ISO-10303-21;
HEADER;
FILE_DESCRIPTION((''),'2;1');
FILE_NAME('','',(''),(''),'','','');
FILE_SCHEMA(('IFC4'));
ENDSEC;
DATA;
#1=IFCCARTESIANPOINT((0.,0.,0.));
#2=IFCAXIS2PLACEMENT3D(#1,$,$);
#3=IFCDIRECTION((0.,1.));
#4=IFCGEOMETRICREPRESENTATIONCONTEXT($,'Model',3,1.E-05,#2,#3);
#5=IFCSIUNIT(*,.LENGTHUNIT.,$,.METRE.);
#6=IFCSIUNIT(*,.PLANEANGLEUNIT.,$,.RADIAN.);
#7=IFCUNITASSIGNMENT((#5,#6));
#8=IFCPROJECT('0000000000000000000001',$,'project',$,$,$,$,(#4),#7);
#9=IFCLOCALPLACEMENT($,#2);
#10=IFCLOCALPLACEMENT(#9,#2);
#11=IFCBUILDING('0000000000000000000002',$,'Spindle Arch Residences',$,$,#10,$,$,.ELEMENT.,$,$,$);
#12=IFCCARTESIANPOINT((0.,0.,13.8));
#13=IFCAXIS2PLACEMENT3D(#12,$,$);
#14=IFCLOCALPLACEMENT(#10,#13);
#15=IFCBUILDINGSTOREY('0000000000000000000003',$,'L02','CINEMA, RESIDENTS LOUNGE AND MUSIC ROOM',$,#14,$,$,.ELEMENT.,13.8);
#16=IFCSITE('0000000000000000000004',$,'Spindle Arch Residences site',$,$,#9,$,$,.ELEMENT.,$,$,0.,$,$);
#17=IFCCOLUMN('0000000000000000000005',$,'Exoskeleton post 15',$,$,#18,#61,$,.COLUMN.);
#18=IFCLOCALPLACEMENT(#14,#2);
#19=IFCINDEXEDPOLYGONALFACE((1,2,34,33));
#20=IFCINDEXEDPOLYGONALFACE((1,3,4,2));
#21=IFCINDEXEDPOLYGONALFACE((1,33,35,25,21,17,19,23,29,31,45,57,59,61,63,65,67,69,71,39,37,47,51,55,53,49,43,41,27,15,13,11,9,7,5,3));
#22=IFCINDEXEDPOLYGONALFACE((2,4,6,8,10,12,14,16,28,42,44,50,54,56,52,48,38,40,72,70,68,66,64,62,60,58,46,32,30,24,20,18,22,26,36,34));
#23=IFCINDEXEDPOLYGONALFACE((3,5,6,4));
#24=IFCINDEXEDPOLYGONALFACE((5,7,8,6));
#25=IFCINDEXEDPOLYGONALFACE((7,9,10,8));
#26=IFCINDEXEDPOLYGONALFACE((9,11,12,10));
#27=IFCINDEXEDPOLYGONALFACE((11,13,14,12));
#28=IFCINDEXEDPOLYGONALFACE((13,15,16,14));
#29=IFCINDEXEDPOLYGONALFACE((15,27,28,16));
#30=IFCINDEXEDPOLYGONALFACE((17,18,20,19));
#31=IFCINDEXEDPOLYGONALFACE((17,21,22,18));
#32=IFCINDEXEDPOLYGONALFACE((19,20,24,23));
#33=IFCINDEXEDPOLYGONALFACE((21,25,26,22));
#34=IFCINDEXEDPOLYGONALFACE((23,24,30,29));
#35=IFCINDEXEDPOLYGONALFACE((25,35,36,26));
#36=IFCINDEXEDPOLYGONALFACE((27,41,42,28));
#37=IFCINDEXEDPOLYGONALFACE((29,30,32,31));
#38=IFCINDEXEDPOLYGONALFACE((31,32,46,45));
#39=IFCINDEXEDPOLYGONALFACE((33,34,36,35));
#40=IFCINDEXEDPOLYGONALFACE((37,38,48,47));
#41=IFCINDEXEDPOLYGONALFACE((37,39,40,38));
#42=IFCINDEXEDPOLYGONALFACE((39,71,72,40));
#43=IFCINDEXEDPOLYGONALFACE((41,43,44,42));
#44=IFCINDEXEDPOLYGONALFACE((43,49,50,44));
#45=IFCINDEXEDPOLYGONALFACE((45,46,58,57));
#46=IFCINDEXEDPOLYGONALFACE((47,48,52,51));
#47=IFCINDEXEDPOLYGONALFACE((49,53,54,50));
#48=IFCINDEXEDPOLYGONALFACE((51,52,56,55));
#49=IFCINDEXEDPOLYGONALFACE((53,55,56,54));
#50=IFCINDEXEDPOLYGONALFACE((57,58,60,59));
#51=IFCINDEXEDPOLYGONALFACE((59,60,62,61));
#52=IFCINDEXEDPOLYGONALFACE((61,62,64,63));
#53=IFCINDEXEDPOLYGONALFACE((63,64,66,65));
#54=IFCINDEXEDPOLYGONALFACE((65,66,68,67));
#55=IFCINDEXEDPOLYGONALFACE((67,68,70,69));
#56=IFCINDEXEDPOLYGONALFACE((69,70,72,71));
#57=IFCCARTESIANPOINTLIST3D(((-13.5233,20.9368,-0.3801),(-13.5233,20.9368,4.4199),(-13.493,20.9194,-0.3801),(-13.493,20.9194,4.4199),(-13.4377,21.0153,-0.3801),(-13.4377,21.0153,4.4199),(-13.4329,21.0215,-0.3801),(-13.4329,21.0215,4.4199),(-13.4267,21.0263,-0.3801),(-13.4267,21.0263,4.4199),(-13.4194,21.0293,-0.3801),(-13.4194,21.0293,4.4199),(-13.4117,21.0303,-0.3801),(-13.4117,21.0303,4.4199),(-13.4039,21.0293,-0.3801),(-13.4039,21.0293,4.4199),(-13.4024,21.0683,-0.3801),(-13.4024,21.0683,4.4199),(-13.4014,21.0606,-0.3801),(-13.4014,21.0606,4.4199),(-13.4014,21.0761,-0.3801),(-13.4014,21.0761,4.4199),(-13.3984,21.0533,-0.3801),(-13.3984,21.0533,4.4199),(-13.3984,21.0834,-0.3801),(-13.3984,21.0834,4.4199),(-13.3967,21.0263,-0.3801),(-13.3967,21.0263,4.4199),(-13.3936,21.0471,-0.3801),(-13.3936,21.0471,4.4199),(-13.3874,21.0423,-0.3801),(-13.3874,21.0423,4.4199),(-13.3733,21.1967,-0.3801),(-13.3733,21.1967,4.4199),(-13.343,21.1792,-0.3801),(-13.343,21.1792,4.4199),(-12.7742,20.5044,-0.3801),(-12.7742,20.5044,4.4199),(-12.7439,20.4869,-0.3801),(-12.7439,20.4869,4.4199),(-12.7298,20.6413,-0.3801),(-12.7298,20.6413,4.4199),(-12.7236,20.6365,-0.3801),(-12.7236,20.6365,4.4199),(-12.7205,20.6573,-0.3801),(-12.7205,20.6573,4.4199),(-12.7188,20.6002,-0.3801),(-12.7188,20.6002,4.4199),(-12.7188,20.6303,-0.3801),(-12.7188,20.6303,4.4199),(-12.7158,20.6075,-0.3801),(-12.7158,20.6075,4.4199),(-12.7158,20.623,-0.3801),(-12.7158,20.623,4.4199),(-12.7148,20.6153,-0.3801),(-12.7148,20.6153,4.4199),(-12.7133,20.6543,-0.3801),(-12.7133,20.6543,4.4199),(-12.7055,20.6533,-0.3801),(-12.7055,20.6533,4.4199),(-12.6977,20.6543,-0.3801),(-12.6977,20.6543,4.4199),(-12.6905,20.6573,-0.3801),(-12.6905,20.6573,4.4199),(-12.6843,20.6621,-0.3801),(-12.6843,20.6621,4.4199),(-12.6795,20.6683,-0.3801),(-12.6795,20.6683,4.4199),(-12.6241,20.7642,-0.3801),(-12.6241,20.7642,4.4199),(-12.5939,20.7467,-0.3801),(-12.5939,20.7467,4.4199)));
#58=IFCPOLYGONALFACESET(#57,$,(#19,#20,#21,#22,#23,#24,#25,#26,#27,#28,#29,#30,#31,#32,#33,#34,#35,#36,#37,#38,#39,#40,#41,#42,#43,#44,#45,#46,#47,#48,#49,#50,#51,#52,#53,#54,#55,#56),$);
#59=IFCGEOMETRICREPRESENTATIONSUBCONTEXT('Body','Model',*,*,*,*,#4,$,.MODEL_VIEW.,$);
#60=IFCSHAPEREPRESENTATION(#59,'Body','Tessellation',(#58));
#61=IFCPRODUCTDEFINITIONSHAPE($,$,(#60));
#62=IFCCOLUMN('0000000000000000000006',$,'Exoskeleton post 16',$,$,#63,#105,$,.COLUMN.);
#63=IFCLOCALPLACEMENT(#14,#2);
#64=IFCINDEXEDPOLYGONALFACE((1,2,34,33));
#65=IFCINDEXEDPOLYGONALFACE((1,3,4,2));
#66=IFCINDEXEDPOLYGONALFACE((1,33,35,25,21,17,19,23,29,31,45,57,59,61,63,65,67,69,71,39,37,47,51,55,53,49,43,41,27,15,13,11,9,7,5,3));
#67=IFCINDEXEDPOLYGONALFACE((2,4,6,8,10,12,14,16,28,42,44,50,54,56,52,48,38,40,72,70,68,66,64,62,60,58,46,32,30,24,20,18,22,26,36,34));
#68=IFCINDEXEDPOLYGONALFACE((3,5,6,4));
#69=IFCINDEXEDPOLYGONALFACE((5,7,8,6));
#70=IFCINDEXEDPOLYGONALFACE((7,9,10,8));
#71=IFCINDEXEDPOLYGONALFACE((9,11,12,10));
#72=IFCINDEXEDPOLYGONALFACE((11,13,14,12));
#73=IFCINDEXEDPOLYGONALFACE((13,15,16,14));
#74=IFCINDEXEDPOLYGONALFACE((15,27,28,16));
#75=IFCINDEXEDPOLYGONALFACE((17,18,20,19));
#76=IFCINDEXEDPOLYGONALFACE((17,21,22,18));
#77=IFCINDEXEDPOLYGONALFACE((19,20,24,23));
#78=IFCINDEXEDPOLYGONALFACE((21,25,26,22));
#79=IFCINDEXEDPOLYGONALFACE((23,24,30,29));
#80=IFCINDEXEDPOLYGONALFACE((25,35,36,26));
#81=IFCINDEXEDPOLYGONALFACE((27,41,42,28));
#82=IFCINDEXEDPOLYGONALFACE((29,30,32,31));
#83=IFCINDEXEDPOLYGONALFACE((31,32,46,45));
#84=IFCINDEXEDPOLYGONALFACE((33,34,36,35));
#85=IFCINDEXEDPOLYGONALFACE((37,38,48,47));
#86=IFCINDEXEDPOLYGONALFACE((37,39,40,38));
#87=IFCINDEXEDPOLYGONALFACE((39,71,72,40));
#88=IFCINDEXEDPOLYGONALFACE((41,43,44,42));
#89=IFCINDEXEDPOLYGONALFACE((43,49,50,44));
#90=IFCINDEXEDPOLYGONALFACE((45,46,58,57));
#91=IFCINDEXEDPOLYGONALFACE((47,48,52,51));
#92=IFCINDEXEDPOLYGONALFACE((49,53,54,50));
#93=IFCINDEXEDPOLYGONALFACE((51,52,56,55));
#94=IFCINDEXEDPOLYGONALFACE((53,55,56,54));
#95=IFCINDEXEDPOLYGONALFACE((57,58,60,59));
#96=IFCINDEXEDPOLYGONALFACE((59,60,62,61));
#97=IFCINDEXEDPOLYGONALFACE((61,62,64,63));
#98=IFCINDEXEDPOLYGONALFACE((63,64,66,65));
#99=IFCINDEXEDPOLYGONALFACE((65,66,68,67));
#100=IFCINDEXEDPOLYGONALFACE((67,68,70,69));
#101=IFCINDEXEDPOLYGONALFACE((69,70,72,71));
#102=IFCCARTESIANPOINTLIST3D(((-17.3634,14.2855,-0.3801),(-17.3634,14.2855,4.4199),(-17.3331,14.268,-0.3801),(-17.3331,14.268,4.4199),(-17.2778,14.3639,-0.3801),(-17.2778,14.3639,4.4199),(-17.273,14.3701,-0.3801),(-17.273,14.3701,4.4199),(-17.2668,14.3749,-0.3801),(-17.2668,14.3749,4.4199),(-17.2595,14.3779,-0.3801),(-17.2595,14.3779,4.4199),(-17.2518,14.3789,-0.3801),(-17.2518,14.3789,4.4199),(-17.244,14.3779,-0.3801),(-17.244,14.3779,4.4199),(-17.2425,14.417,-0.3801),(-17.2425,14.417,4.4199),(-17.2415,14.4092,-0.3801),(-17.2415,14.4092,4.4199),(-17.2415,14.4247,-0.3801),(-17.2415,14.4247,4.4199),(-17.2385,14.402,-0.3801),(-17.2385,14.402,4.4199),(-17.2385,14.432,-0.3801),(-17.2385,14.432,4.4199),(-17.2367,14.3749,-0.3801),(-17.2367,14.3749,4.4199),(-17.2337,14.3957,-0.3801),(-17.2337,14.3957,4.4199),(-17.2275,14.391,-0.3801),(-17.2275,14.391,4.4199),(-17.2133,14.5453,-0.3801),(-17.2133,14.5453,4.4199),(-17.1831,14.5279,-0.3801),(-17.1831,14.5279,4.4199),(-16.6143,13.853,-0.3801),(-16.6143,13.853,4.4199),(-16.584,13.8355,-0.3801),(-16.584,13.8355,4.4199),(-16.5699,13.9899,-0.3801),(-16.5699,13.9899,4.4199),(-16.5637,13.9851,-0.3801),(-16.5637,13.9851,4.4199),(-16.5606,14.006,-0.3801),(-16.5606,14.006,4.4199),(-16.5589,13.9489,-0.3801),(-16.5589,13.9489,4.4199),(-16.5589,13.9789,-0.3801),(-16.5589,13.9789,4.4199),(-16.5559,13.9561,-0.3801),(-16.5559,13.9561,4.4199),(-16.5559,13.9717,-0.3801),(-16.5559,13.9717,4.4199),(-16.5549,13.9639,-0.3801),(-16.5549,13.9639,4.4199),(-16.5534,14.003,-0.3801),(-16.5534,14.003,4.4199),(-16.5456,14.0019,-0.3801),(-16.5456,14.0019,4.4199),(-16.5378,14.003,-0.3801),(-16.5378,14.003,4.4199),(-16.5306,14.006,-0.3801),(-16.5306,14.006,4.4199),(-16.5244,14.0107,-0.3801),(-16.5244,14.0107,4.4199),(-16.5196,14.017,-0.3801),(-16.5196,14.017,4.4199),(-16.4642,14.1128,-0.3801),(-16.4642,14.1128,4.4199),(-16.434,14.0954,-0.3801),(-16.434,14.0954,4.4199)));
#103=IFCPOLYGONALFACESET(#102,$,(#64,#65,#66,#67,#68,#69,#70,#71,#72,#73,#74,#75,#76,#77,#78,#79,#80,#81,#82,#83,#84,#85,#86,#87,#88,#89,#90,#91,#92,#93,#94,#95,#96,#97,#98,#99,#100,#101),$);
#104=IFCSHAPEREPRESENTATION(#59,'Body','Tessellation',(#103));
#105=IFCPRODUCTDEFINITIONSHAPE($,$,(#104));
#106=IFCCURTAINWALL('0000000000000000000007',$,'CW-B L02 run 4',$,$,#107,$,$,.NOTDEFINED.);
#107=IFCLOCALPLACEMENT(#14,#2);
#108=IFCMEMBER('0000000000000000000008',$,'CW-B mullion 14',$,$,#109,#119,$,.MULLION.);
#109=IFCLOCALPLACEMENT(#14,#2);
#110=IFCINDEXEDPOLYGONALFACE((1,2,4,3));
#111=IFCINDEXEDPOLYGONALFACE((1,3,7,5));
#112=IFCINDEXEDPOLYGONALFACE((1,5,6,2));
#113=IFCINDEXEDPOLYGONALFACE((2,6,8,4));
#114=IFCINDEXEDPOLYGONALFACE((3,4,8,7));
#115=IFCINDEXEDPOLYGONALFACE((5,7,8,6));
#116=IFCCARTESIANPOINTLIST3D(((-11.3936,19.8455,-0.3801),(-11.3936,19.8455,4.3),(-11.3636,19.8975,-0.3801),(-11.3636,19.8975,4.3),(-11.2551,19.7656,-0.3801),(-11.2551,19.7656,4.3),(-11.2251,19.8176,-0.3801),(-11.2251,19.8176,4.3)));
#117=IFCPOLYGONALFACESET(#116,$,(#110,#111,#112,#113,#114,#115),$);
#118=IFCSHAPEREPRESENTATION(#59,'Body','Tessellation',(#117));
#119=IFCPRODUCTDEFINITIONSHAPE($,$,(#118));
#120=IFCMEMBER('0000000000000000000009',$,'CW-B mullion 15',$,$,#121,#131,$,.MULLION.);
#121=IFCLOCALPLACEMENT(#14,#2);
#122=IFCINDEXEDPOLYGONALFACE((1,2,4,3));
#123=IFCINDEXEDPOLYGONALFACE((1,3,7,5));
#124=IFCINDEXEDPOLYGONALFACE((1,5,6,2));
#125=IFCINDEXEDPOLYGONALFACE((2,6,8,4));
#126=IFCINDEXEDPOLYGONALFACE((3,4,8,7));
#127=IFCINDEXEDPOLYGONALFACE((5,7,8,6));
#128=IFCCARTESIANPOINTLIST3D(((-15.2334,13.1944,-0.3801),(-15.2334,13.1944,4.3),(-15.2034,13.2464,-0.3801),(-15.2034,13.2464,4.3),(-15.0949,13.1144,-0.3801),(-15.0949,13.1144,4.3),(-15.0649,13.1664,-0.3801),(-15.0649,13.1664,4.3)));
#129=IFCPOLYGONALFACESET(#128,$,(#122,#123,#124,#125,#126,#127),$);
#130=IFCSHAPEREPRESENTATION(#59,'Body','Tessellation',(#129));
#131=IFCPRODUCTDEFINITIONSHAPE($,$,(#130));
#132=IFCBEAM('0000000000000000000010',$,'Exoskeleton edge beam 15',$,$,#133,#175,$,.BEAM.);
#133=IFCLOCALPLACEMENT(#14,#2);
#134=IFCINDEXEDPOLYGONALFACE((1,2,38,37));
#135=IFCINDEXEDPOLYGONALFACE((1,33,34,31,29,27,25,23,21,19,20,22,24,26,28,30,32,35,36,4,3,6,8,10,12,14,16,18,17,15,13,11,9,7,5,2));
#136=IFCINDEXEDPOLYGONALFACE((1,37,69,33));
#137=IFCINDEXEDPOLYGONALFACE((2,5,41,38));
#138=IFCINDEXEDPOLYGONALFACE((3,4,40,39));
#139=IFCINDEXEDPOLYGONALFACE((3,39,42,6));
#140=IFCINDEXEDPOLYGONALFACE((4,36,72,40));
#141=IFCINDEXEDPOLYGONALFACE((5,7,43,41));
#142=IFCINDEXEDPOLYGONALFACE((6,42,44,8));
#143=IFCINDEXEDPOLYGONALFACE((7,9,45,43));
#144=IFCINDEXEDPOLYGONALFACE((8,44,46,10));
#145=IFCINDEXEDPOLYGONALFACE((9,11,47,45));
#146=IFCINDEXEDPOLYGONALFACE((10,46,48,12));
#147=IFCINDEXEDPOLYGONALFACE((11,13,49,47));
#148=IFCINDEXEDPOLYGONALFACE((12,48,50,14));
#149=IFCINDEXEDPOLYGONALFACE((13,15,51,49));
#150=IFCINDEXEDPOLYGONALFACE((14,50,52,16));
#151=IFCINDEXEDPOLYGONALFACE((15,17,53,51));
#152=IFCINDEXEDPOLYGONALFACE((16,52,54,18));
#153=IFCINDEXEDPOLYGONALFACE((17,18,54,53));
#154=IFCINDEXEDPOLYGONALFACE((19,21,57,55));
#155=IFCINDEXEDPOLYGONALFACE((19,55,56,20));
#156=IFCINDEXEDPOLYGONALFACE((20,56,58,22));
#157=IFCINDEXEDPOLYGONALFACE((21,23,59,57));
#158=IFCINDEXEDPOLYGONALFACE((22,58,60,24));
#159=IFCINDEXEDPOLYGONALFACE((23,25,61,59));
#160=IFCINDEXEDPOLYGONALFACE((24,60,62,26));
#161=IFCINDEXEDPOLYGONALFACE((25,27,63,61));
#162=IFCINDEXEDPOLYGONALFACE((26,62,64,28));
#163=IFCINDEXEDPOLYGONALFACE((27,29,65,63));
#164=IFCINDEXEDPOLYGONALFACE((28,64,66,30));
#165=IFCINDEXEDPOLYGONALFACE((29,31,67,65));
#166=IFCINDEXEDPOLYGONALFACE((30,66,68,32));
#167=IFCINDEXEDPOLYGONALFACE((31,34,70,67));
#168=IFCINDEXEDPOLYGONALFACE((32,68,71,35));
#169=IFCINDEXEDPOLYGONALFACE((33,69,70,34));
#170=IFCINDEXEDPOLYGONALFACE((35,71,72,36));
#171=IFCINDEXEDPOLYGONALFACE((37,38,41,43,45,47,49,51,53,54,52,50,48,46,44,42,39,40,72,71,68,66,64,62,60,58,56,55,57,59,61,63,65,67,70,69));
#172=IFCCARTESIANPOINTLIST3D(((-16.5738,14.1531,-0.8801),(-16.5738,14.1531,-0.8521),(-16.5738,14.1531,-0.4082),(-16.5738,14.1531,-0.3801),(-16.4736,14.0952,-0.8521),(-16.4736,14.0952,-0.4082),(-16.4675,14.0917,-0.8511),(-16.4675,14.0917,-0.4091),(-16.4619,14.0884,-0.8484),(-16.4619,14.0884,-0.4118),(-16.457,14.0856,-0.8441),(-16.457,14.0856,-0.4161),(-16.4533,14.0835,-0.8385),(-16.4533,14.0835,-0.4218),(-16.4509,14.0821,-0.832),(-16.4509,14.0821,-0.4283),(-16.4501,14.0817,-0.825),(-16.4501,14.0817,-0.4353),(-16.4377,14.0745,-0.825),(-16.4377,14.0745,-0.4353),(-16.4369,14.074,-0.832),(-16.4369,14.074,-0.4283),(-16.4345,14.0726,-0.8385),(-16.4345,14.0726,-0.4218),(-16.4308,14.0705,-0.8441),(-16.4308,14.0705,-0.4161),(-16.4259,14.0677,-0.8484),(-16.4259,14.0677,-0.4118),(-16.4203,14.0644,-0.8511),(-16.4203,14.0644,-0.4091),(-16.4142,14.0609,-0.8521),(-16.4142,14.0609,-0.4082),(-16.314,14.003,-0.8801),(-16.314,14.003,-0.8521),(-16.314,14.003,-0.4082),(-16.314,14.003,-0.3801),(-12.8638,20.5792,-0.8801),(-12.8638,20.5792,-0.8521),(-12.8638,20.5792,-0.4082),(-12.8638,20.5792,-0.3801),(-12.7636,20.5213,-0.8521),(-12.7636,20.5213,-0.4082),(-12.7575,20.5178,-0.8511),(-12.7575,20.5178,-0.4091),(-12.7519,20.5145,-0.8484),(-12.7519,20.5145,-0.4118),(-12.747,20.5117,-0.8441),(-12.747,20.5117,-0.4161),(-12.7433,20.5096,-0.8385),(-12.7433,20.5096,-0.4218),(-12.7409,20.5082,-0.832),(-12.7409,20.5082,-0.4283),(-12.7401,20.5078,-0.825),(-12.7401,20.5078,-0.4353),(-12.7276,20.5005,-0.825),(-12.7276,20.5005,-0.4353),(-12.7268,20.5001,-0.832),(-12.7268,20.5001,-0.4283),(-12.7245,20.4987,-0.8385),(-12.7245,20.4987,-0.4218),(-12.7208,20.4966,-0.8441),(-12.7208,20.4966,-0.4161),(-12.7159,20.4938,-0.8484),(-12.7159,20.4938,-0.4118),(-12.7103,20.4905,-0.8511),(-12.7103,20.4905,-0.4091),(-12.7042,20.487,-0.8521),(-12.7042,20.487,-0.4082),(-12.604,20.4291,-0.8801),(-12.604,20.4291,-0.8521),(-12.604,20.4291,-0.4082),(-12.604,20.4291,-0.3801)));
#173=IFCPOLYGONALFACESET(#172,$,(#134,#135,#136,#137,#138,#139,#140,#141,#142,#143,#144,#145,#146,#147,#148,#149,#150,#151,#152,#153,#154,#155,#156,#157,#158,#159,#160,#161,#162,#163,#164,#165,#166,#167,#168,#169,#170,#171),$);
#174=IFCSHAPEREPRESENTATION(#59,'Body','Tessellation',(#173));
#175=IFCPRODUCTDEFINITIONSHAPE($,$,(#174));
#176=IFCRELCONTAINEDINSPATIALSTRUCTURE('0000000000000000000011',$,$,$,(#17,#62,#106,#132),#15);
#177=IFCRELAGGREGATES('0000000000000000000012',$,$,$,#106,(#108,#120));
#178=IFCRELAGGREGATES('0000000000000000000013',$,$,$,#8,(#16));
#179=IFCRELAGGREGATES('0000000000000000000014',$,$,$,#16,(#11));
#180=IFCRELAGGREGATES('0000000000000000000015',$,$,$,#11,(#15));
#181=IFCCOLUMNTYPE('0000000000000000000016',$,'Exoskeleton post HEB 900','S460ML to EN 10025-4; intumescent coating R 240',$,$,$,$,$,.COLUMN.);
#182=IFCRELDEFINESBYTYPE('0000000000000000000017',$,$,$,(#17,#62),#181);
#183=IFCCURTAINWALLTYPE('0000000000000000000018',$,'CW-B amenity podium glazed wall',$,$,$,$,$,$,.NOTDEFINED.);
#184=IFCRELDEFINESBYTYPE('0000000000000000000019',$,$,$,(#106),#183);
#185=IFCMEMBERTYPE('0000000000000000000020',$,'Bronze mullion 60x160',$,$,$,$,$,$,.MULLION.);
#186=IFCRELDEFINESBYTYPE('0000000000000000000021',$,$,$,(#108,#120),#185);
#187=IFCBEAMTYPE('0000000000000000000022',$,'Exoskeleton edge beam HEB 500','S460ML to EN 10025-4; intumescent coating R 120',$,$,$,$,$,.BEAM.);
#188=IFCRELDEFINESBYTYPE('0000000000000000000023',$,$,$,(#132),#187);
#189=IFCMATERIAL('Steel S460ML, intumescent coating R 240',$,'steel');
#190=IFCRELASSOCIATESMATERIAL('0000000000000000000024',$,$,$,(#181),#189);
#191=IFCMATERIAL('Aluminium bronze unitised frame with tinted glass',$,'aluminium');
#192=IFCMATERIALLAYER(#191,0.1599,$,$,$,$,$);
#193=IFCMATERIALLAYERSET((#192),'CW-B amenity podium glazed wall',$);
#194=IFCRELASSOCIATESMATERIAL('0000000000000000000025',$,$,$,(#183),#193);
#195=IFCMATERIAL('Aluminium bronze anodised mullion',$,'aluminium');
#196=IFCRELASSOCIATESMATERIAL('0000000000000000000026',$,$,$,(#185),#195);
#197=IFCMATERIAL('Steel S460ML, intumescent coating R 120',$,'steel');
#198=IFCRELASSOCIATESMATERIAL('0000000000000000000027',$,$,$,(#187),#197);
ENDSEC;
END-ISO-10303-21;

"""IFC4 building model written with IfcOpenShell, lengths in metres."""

from ifc_helpers import new_model, si_unit, direction, frame, origin, origin_2d, place, context, subcontext, project, spatial, rectangle, i_section, extrude, material, layer, layer_set, material_profile, profile_set, type_object, element, aggregate, save


model = new_model("IFC4")

# Units and contexts
model_context = context("Model", 3, precision=1e-05, world=origin(), true_north=direction((0.0, 1.0)))
body_context = subcontext(model_context, "Body", "Model", "MODEL_VIEW")
ifc_project = project(units=[si_unit("LENGTHUNIT", "METRE"), si_unit("PLANEANGLEUNIT", "RADIAN")], contexts=[model_context])

# Site, building, storey
site_placement = place(None, origin())
site = spatial("IfcSite", under=ifc_project, at=site_placement, Name="Spindle Arch Residences site", CompositionType="ELEMENT", RefElevation=0.0)
building_placement = place(site_placement, origin())
building = spatial("IfcBuilding", under=site, at=building_placement, Name="Spindle Arch Residences", CompositionType="ELEMENT")
storey_placement = place(building_placement, frame((0.0, 0.0, 13.8)))
storey = spatial("IfcBuildingStorey", under=building, at=storey_placement, Name="L02", Description="CINEMA, RESIDENTS LOUNGE AND MUSIC ROOM", CompositionType="ELEMENT", Elevation=13.8)

# Columns
ifc_material_1 = material(Name="Steel S460ML, intumescent coating R 240", Category="steel")
ifc_material_profile_1 = material_profile(ifc_material_1, i_section(OverallWidth=0.3, OverallDepth=0.8999, WebThickness=0.0186, FlangeThickness=0.0349, FilletRadius=0.03, at=origin_2d()), Name="HEB 900")
ifc_profile_set_1 = profile_set([ifc_material_profile_1], Name="Steel S460ML, intumescent coating R 240")
column_type = type_object("IfcColumnType", Name="Exoskeleton post HEB 900", Description="S460ML to EN 10025-4; intumescent coating R 240", PredefinedType="COLUMN", material=ifc_profile_set_1)
for number, where, z_axis, x_axis, name in (
    (1, (-13.0586, 20.8418, -0.3801), (0.0, 0.0, 1.0), (0.5, 0.866025, 0.0), "Exoskeleton post 15"),
    (2, (-16.8987, 14.1904, -0.3801), (0.0, 0.0, 1.0), (0.5, 0.866025, 0.0), "Exoskeleton post 16"),
):
    element("IfcColumn", number, at=place(storey_placement, frame(where, z_axis=z_axis, x_axis=x_axis)), inside=storey, type_object=column_type, Name=name, PredefinedType="COLUMN", context=body_context, shape_type="SweptSolid", body=[
        extrude(i_section(OverallWidth=0.3, OverallDepth=0.8999, WebThickness=0.0186, FlangeThickness=0.0349, FilletRadius=0.03, at=origin_2d()), origin(), (0.0, 0.0, 1.0), 4.8),
    ])

# Curtain wall, members
ifc_material_2 = material(Name="Aluminium bronze unitised frame with tinted glass", Category="aluminium")
ifc_layer_1 = layer(ifc_material_2, 0.1599)
ifc_layer_set_1 = layer_set([ifc_layer_1], Name="CW-B amenity podium glazed wall")
curtain_wall_type = type_object("IfcCurtainWallType", Name="CW-B amenity podium glazed wall", PredefinedType="NOTDEFINED", material=ifc_layer_set_1)
curtain_wall_placement = place(storey_placement, origin())
curtain_wall = element("IfcCurtainWall", 3, at=curtain_wall_placement, inside=storey, type_object=curtain_wall_type, Name="CW-B L02 run 4", PredefinedType="NOTDEFINED")
ifc_material_3 = material(Name="Aluminium bronze anodised mullion", Category="aluminium")
ifc_material_profile_2 = material_profile(ifc_material_3, rectangle(XDim=0.1599, YDim=0.0601, at=origin_2d()), Name="MU 60x160")
ifc_profile_set_2 = profile_set([ifc_material_profile_2], Name="Aluminium bronze anodised mullion")
member_type = type_object("IfcMemberType", Name="Bronze mullion 60x160", PredefinedType="MULLION", material=ifc_profile_set_2)
member_1_placement = place(storey_placement, frame((-11.3093, 19.8315, -0.3801), z_axis=(0.0, 0.0, 1.0), x_axis=(0.866025, -0.5, 0.0)))
member_1 = element("IfcMember", 4, at=member_1_placement, type_object=member_type, Name="CW-B mullion 14", PredefinedType="MULLION", context=body_context, shape_type="SweptSolid", body=[
    extrude(rectangle(XDim=0.1599, YDim=0.0601, at=origin_2d()), origin(), (0.0, 0.0, 1.0), 4.6802),
])
member_2_placement = place(storey_placement, frame((-15.1492, 13.1804, -0.3801), z_axis=(0.0, 0.0, 1.0), x_axis=(0.866025, -0.5, 0.0)))
member_2 = element("IfcMember", 5, at=member_2_placement, type_object=member_type, Name="CW-B mullion 15", PredefinedType="MULLION", context=body_context, shape_type="SweptSolid", body=[
    extrude(rectangle(XDim=0.1599, YDim=0.0601, at=origin_2d()), origin(), (0.0, 0.0, 1.0), 4.6802),
])

# Beam
ifc_material_4 = material(Name="Steel S460ML, intumescent coating R 120", Category="steel")
ifc_material_profile_3 = material_profile(ifc_material_4, i_section(OverallWidth=0.3, OverallDepth=0.5, WebThickness=0.0144, FlangeThickness=0.0281, FilletRadius=0.0271, at=origin_2d()), Name="HEB 500")
ifc_profile_set_3 = profile_set([ifc_material_profile_3], Name="Steel S460ML, intumescent coating R 120")
beam_type_1 = type_object("IfcBeamType", Name="Exoskeleton edge beam HEB 500", Description="S460ML to EN 10025-4; intumescent coating R 120", PredefinedType="BEAM", material=ifc_profile_set_3)
beam_1_placement = place(storey_placement, frame((-12.7339, 20.5042, -0.6301), z_axis=(-0.499989, -0.866032, 0.0), x_axis=(0.866032, -0.499989, 0.0)))
element("IfcBeam", 6, at=beam_1_placement, inside=storey, type_object=beam_type_1, Name="Exoskeleton edge beam 15", PredefinedType="BEAM", context=body_context, shape_type="SweptSolid", body=[
    extrude(i_section(OverallWidth=0.3, OverallDepth=0.5, WebThickness=0.0144, FlangeThickness=0.0281, FilletRadius=0.0271, at=origin_2d()), origin(), (0.0, 0.0, 1.0), 7.4202),
])

aggregate(curtain_wall, [member_1, member_2])

save(model, "model.ifc")
